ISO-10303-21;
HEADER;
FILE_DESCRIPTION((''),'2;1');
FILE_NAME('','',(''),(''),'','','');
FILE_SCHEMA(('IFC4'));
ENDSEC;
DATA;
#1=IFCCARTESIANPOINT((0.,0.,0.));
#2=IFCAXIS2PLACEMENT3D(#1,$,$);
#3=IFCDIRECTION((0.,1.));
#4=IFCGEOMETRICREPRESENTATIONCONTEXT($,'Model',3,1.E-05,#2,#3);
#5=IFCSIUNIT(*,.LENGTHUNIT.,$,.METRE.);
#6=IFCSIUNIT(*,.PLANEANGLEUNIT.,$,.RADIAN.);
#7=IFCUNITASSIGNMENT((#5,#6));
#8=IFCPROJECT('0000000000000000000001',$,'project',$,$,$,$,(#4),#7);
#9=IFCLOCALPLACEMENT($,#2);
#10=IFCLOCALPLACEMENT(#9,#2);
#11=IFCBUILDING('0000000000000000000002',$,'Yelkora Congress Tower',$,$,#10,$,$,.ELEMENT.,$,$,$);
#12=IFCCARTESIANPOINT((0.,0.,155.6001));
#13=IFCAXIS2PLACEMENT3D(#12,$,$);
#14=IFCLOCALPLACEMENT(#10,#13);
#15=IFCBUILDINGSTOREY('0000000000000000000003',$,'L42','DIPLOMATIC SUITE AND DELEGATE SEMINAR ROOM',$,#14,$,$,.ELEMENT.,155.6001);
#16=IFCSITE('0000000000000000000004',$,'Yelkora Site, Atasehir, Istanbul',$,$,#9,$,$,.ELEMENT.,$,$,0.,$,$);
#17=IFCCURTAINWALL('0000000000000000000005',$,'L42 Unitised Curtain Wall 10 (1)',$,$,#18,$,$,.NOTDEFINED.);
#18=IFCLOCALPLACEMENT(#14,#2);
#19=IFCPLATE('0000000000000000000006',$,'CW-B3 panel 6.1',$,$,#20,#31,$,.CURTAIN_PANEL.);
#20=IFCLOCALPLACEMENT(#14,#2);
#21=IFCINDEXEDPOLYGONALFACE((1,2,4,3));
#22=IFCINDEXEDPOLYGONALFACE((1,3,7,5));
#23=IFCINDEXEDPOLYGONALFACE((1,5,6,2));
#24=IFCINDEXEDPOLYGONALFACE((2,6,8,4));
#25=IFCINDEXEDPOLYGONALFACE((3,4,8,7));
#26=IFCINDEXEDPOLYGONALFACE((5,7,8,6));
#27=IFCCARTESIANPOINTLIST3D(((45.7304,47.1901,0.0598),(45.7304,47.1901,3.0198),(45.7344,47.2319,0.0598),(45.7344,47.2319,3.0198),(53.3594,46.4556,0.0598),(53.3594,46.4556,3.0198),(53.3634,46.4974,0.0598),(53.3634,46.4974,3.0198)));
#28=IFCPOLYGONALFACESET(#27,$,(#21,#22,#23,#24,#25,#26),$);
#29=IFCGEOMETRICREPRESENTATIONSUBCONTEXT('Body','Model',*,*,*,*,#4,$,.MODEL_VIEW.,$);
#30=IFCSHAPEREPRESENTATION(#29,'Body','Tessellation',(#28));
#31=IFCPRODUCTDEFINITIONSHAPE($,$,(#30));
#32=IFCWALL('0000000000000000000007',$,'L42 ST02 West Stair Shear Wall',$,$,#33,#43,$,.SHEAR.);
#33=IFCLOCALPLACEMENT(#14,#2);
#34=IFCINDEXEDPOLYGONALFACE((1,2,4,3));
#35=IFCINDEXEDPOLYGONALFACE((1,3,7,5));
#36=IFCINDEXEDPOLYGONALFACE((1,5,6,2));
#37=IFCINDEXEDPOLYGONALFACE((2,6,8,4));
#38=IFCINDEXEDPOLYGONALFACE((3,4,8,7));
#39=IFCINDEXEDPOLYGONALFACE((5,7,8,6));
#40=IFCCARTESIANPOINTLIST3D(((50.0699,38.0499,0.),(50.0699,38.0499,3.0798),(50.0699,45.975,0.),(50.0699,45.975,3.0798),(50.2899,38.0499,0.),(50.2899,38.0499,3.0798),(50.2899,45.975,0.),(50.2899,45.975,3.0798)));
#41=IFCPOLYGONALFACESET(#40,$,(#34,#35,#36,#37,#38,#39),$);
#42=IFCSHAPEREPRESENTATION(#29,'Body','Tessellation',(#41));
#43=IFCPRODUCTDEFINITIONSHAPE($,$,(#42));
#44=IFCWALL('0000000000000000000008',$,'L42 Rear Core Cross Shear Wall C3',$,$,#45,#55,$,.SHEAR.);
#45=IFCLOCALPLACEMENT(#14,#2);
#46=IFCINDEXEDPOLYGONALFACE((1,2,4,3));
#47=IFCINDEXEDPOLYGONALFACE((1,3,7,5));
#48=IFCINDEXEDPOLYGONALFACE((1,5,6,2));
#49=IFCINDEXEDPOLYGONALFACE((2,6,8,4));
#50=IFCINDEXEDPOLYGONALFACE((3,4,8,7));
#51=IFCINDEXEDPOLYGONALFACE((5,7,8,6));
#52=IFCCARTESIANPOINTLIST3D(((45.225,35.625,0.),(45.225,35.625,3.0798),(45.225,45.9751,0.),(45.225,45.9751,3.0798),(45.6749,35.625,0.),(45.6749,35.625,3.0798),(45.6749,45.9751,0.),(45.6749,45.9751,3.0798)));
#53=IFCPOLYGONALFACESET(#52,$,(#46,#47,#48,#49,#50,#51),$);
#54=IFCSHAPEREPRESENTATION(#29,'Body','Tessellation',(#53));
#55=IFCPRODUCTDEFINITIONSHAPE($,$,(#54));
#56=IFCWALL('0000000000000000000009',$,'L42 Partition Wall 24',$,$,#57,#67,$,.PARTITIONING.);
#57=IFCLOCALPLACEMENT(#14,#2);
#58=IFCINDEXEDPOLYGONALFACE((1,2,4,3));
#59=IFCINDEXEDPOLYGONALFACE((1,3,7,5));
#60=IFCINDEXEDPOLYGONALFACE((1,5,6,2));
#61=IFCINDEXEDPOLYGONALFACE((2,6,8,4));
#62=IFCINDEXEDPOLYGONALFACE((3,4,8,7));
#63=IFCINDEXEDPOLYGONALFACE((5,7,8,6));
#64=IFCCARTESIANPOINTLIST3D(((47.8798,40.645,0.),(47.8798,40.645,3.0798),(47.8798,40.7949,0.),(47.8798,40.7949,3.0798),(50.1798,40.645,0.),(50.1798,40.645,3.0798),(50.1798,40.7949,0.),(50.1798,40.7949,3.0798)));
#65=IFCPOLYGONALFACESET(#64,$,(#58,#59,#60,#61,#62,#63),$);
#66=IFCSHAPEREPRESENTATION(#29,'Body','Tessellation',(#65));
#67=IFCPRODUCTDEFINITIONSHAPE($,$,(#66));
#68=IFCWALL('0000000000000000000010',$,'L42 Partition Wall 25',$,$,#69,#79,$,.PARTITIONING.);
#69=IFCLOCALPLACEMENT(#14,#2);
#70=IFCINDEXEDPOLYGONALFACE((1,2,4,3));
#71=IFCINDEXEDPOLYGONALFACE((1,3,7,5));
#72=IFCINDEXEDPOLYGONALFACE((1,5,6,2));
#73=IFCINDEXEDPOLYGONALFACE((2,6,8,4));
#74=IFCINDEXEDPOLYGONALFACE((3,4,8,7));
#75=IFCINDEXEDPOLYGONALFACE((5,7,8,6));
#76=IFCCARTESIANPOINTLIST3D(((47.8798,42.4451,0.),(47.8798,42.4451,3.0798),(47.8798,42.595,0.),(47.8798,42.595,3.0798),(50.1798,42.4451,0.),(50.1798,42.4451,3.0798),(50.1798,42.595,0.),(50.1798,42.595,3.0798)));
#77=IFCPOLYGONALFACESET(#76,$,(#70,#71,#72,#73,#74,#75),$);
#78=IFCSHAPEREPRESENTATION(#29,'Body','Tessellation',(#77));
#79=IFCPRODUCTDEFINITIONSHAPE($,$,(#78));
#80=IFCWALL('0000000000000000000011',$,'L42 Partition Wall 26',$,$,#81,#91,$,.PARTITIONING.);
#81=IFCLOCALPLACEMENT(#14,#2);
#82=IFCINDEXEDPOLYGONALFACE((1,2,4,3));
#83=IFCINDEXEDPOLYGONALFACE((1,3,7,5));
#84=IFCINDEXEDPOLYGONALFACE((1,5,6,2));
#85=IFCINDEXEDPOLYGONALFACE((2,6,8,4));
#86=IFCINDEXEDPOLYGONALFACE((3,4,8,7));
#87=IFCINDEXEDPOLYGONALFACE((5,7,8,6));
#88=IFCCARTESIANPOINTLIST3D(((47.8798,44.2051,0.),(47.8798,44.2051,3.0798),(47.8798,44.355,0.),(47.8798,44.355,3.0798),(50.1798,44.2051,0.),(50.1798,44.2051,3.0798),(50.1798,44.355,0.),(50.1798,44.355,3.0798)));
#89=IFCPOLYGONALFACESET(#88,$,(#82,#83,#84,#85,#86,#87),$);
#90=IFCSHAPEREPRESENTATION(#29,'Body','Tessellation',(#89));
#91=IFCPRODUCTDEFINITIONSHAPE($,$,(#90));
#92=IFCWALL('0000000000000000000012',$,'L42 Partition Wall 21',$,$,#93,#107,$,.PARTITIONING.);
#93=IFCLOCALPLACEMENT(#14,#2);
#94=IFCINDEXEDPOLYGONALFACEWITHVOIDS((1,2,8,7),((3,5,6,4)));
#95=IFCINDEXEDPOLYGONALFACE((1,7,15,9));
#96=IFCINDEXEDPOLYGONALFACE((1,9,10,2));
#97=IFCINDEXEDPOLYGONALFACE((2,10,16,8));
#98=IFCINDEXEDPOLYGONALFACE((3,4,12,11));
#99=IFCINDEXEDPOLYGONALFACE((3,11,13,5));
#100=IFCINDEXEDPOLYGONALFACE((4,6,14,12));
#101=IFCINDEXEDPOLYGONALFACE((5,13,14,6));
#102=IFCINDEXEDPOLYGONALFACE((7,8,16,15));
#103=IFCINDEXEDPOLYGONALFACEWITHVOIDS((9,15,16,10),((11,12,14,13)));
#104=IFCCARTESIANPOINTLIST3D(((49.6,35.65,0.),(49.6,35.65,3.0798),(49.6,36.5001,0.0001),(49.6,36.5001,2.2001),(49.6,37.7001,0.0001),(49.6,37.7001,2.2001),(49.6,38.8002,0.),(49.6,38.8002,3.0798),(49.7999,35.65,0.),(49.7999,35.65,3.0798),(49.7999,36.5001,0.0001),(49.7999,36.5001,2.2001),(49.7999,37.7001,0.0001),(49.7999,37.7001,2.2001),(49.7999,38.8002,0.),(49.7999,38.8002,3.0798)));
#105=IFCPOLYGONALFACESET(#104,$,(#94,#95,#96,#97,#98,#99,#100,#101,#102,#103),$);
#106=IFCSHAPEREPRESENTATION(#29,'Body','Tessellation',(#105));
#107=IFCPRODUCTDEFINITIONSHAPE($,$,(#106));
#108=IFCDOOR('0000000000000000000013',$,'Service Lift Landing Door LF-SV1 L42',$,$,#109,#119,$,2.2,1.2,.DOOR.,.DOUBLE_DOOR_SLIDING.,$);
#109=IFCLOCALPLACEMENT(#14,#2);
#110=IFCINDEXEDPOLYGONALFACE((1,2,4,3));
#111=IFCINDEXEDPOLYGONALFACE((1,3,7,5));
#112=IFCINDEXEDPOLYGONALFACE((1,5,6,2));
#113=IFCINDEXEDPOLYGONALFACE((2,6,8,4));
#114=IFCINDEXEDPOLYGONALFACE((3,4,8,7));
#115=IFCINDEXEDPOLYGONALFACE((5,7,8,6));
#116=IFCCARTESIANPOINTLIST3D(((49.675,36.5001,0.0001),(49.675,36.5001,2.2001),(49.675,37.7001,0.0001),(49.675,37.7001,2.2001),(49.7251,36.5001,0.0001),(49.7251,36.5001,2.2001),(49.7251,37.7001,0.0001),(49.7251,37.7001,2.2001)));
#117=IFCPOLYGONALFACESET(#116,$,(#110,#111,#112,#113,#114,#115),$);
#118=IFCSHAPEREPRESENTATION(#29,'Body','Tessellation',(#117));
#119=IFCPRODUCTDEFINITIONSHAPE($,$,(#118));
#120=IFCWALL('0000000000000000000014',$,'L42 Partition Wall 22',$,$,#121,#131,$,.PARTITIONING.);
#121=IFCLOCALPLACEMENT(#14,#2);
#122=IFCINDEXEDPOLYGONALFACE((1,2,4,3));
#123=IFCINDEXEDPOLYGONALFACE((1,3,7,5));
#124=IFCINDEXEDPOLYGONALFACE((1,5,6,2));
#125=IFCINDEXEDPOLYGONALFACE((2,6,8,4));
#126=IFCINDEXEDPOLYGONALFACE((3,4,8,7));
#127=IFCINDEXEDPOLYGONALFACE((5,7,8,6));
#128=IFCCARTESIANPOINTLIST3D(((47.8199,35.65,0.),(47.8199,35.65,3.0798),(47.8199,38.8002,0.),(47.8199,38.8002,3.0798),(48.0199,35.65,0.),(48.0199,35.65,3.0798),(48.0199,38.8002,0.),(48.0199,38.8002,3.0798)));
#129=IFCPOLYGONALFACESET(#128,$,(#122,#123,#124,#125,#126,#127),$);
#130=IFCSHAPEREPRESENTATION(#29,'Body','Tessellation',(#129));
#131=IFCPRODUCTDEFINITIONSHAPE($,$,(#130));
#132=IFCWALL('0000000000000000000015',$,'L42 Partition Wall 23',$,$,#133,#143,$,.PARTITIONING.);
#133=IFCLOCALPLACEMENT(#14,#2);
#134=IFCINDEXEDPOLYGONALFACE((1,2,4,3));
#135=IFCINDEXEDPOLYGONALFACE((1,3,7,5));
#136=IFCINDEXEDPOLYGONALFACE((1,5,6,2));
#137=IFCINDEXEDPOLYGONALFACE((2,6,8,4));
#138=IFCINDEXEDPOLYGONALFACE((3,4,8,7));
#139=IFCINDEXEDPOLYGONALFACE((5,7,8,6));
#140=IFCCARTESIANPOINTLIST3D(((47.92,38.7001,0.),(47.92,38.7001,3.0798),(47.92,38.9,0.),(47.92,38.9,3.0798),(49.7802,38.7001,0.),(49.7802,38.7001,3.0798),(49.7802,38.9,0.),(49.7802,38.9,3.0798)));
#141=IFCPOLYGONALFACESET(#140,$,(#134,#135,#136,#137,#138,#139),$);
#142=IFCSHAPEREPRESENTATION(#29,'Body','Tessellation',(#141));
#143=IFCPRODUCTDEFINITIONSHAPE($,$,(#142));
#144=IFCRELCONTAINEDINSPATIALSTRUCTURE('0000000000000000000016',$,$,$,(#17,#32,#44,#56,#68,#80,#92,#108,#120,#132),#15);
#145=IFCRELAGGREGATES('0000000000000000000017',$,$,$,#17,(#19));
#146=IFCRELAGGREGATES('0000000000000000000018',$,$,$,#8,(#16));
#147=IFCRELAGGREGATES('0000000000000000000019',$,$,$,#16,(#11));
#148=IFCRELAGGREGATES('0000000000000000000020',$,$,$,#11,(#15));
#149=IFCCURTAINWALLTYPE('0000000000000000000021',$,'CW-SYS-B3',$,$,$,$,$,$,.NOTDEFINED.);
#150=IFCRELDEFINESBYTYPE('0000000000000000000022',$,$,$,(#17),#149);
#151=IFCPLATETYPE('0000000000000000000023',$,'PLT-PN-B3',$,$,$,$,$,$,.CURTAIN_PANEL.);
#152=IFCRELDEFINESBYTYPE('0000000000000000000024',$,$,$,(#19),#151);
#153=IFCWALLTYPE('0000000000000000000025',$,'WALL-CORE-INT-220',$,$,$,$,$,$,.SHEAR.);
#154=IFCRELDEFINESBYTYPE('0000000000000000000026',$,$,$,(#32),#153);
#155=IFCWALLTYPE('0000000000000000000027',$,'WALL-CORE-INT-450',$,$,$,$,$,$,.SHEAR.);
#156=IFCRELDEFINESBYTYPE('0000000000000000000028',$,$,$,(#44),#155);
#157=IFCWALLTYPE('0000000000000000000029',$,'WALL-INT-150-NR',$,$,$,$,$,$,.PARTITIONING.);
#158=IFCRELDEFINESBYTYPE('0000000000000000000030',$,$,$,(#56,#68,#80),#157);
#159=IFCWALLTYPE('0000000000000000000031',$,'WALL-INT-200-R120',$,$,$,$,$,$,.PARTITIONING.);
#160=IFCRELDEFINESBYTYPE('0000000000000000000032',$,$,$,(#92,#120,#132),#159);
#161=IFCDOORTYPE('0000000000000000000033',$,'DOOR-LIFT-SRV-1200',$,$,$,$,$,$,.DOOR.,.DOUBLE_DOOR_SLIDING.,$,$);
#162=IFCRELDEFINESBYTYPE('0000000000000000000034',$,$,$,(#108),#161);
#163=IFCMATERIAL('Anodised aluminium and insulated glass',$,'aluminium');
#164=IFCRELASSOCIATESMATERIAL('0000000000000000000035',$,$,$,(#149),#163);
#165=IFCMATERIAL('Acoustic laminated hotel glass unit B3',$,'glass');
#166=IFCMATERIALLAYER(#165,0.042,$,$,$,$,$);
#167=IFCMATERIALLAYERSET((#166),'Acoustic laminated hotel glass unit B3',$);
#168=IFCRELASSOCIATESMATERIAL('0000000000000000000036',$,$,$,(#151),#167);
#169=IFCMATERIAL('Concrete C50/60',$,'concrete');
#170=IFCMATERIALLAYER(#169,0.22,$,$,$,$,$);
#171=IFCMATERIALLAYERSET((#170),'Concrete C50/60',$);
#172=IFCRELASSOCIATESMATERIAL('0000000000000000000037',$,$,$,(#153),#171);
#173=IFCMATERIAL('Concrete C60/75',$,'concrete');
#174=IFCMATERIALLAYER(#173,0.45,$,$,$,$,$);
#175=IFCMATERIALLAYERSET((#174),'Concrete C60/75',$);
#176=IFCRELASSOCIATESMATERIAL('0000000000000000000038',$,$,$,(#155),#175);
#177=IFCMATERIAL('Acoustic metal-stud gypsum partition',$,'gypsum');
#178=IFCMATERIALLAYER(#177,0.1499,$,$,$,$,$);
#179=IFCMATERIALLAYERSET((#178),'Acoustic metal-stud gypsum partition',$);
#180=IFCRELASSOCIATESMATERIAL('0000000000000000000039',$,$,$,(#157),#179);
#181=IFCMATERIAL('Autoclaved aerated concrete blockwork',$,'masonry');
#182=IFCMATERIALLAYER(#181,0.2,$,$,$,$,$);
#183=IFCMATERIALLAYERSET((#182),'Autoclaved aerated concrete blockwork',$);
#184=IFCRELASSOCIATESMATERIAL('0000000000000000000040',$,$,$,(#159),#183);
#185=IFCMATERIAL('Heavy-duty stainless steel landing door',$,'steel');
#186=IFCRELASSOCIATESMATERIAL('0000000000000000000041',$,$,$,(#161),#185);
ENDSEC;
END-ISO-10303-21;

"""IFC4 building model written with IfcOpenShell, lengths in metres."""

from ifc_helpers import new_model, si_unit, direction, frame, frame_2d, origin, origin_2d, place, context, subcontext, project, spatial, rectangle, extrude, material, layer, layer_set, type_object, element, fill, aggregate, save


model = new_model("IFC4")

# Units and contexts
model_context = context("Model", 3, precision=1e-05, world=origin(), true_north=direction((0.0, 1.0)))
body_context = subcontext(model_context, "Body", "Model", "MODEL_VIEW")
ifc_project = project(units=[si_unit("LENGTHUNIT", "METRE"), si_unit("PLANEANGLEUNIT", "RADIAN")], contexts=[model_context])

# Site, building, storey
site_placement = place(None, origin())
site = spatial("IfcSite", under=ifc_project, at=site_placement, Name="Yelkora Site, Atasehir, Istanbul", CompositionType="ELEMENT", RefElevation=0.0)
building_placement = place(site_placement, origin())
building = spatial("IfcBuilding", under=site, at=building_placement, Name="Yelkora Congress Tower", CompositionType="ELEMENT")
storey_placement = place(building_placement, frame((0.0, 0.0, 155.6001)))
storey = spatial("IfcBuildingStorey", under=building, at=storey_placement, Name="L42", Description="DIPLOMATIC SUITE AND DELEGATE SEMINAR ROOM", CompositionType="ELEMENT", Elevation=155.6001)

# Curtain wall, plate
ifc_material_1 = material(Name="Anodised aluminium and insulated glass", Category="aluminium")
curtain_wall_type = type_object("IfcCurtainWallType", Name="CW-SYS-B3", PredefinedType="NOTDEFINED", material=ifc_material_1)
curtain_wall_placement = place(storey_placement, origin())
curtain_wall = element("IfcCurtainWall", 1, at=curtain_wall_placement, inside=storey, type_object=curtain_wall_type, Name="L42 Unitised Curtain Wall 10 (1)", PredefinedType="NOTDEFINED")
ifc_material_2 = material(Name="Acoustic laminated hotel glass unit B3", Category="glass")
ifc_layer_1 = layer(ifc_material_2, 0.042)
ifc_layer_set_1 = layer_set([ifc_layer_1], Name="Acoustic laminated hotel glass unit B3")
plate_type = type_object("IfcPlateType", Name="PLT-PN-B3", PredefinedType="CURTAIN_PANEL", material=ifc_layer_set_1)
plate_placement = place(storey_placement, frame((49.5469, 46.8438, 0.0598), z_axis=(0.0, 0.0, 1.0), x_axis=(0.995396, -0.095845, 0.0)))
plate = element("IfcPlate", 2, at=plate_placement, type_object=plate_type, Name="CW-B3 panel 6.1", PredefinedType="CURTAIN_PANEL", context=body_context, shape_type="SweptSolid", body=[
    extrude(rectangle(XDim=7.6643, YDim=0.042, at=origin_2d()), origin(), (0.0, 0.0, 1.0), 2.96),
])
aggregate(curtain_wall, [plate])

# Walls
ifc_material_3 = material(Name="Concrete C50/60", Category="concrete")
ifc_layer_2 = layer(ifc_material_3, 0.22)
ifc_layer_set_2 = layer_set([ifc_layer_2], Name="Concrete C50/60")
wall_type_1 = type_object("IfcWallType", Name="WALL-CORE-INT-220", PredefinedType="SHEAR", material=ifc_layer_set_2)
wall_1_placement = place(storey_placement, frame((50.1799, 38.05, 0.0), z_axis=(0.0, 0.0, 1.0), x_axis=(0.0, 1.0, 0.0)))
element("IfcWall", 3, at=wall_1_placement, inside=storey, type_object=wall_type_1, Name="L42 ST02 West Stair Shear Wall", PredefinedType="SHEAR", context=body_context, shape_type="SweptSolid", body=[
    extrude(rectangle(XDim=7.925, YDim=0.22, at=frame_2d((3.9624, 0.0))), origin(), (0.0, 0.0, 1.0), 3.0798),
])
ifc_material_4 = material(Name="Concrete C60/75", Category="concrete")
ifc_layer_3 = layer(ifc_material_4, 0.45)
ifc_layer_set_3 = layer_set([ifc_layer_3], Name="Concrete C60/75")
wall_type_2 = type_object("IfcWallType", Name="WALL-CORE-INT-450", PredefinedType="SHEAR", material=ifc_layer_set_3)
wall_2_placement = place(storey_placement, frame((45.45, 35.625, 0.0), z_axis=(0.0, 0.0, 1.0), x_axis=(0.0, 1.0, 0.0)))
element("IfcWall", 4, at=wall_2_placement, inside=storey, type_object=wall_type_2, Name="L42 Rear Core Cross Shear Wall C3", PredefinedType="SHEAR", context=body_context, shape_type="SweptSolid", body=[
    extrude(rectangle(XDim=10.3501, YDim=0.45, at=frame_2d((5.175, 0.0))), origin(), (0.0, 0.0, 1.0), 3.0798),
])
ifc_material_5 = material(Name="Acoustic metal-stud gypsum partition", Category="gypsum")
ifc_layer_4 = layer(ifc_material_5, 0.1499)
ifc_layer_set_4 = layer_set([ifc_layer_4], Name="Acoustic metal-stud gypsum partition")
wall_type_3 = type_object("IfcWallType", Name="WALL-INT-150-NR", PredefinedType="PARTITIONING", material=ifc_layer_set_4)
for number, where, z_axis, x_axis, name in (
    (5, (47.8799, 40.72, 0.0), (0.0, 0.0, 1.0), (1.0, 0.0, 0.0), "L42 Partition Wall 24"),
    (6, (47.8799, 42.52, 0.0), (0.0, 0.0, 1.0), (1.0, 0.0, 0.0), "L42 Partition Wall 25"),
    (7, (47.8799, 44.28, 0.0), (0.0, 0.0, 1.0), (1.0, 0.0, 0.0), "L42 Partition Wall 26"),
):
    element("IfcWall", number, at=place(storey_placement, frame(where, z_axis=z_axis, x_axis=x_axis)), inside=storey, type_object=wall_type_3, Name=name, PredefinedType="PARTITIONING", context=body_context, shape_type="SweptSolid", body=[
        extrude(rectangle(XDim=2.3, YDim=0.1499, at=frame_2d((1.1499, 0.0))), origin(), (0.0, 0.0, 1.0), 3.0798),
    ])

# Wall, opening, door
ifc_material_6 = material(Name="Autoclaved aerated concrete blockwork", Category="masonry")
ifc_layer_5 = layer(ifc_material_6, 0.2)
ifc_layer_set_5 = layer_set([ifc_layer_5], Name="Autoclaved aerated concrete blockwork")
wall_type_4 = type_object("IfcWallType", Name="WALL-INT-200-R120", PredefinedType="PARTITIONING", material=ifc_layer_set_5)
wall_3_placement = place(storey_placement, frame((49.7, 35.6499, 0.0), z_axis=(0.0, 0.0, 1.0), x_axis=(0.0, 1.0, 0.0)))
wall_3 = element("IfcWall", 8, at=wall_3_placement, inside=storey, type_object=wall_type_4, Name="L42 Partition Wall 21", PredefinedType="PARTITIONING", context=body_context, shape_type="SweptSolid", body=[
    extrude(rectangle(XDim=3.1501, YDim=0.2, at=frame_2d((1.5752, 0.0))), origin(), (0.0, 0.0, 1.0), 3.0798),
])
opening_1_placement = place(wall_3_placement, frame((0.8501, 0.0, 0.0)))
opening_1 = element("IfcOpeningElement", 9, at=opening_1_placement, cuts=wall_3, PredefinedType="OPENING", context=body_context, shape_type="SweptSolid", body=[
    extrude(rectangle(XDim=1.2, YDim=2.2, at=frame_2d((0.6001, 1.1001))), frame((0.0, 0.1099, 0.0), z_axis=(0.0, -1.0, 0.0), x_axis=(1.0, 0.0, 0.0)), (0.0, 0.0, 1.0), 0.22),
])
ifc_material_7 = material(Name="Heavy-duty stainless steel landing door", Category="steel")
door_type_1 = type_object("IfcDoorType", Name="DOOR-LIFT-SRV-1200", OperationType="DOUBLE_DOOR_SLIDING", PredefinedType="DOOR", material=ifc_material_7)
door_1_placement = place(opening_1_placement, origin())
door_1 = element("IfcDoor", 10, at=door_1_placement, inside=storey, type_object=door_type_1, Name="Service Lift Landing Door LF-SV1 L42", OperationType="DOUBLE_DOOR_SLIDING", OverallHeight=2.2, OverallWidth=1.2, PredefinedType="DOOR", context=body_context, shape_type="SweptSolid", body=[
    extrude(rectangle(XDim=1.2, YDim=2.2, at=frame_2d((0.6001, 1.1001))), frame((0.0, 0.0249, 0.0), z_axis=(0.0, -1.0, 0.0), x_axis=(1.0, 0.0, 0.0)), (0.0, 0.0, 1.0), 0.05),
])
fill(opening_1, door_1)

# Walls
wall_4_placement = place(storey_placement, frame((47.9199, 35.6499, 0.0), z_axis=(0.0, 0.0, 1.0), x_axis=(0.0, 1.0, 0.0)))
element("IfcWall", 11, at=wall_4_placement, inside=storey, type_object=wall_type_4, Name="L42 Partition Wall 22", PredefinedType="PARTITIONING", context=body_context, shape_type="SweptSolid", body=[
    extrude(rectangle(XDim=3.1501, YDim=0.2, at=frame_2d((1.5752, 0.0))), origin(), (0.0, 0.0, 1.0), 3.0798),
])
wall_5_placement = place(storey_placement, frame((47.9199, 38.8, 0.0), z_axis=(0.0, 0.0, 1.0), x_axis=(1.0, 0.0, 0.0)))
element("IfcWall", 12, at=wall_5_placement, inside=storey, type_object=wall_type_4, Name="L42 Partition Wall 23", PredefinedType="PARTITIONING", context=body_context, shape_type="SweptSolid", body=[
    extrude(rectangle(XDim=1.8601, YDim=0.2, at=frame_2d((0.9302, 0.0))), origin(), (0.0, 0.0, 1.0), 3.0798),
])

save(model, "model.ifc")
